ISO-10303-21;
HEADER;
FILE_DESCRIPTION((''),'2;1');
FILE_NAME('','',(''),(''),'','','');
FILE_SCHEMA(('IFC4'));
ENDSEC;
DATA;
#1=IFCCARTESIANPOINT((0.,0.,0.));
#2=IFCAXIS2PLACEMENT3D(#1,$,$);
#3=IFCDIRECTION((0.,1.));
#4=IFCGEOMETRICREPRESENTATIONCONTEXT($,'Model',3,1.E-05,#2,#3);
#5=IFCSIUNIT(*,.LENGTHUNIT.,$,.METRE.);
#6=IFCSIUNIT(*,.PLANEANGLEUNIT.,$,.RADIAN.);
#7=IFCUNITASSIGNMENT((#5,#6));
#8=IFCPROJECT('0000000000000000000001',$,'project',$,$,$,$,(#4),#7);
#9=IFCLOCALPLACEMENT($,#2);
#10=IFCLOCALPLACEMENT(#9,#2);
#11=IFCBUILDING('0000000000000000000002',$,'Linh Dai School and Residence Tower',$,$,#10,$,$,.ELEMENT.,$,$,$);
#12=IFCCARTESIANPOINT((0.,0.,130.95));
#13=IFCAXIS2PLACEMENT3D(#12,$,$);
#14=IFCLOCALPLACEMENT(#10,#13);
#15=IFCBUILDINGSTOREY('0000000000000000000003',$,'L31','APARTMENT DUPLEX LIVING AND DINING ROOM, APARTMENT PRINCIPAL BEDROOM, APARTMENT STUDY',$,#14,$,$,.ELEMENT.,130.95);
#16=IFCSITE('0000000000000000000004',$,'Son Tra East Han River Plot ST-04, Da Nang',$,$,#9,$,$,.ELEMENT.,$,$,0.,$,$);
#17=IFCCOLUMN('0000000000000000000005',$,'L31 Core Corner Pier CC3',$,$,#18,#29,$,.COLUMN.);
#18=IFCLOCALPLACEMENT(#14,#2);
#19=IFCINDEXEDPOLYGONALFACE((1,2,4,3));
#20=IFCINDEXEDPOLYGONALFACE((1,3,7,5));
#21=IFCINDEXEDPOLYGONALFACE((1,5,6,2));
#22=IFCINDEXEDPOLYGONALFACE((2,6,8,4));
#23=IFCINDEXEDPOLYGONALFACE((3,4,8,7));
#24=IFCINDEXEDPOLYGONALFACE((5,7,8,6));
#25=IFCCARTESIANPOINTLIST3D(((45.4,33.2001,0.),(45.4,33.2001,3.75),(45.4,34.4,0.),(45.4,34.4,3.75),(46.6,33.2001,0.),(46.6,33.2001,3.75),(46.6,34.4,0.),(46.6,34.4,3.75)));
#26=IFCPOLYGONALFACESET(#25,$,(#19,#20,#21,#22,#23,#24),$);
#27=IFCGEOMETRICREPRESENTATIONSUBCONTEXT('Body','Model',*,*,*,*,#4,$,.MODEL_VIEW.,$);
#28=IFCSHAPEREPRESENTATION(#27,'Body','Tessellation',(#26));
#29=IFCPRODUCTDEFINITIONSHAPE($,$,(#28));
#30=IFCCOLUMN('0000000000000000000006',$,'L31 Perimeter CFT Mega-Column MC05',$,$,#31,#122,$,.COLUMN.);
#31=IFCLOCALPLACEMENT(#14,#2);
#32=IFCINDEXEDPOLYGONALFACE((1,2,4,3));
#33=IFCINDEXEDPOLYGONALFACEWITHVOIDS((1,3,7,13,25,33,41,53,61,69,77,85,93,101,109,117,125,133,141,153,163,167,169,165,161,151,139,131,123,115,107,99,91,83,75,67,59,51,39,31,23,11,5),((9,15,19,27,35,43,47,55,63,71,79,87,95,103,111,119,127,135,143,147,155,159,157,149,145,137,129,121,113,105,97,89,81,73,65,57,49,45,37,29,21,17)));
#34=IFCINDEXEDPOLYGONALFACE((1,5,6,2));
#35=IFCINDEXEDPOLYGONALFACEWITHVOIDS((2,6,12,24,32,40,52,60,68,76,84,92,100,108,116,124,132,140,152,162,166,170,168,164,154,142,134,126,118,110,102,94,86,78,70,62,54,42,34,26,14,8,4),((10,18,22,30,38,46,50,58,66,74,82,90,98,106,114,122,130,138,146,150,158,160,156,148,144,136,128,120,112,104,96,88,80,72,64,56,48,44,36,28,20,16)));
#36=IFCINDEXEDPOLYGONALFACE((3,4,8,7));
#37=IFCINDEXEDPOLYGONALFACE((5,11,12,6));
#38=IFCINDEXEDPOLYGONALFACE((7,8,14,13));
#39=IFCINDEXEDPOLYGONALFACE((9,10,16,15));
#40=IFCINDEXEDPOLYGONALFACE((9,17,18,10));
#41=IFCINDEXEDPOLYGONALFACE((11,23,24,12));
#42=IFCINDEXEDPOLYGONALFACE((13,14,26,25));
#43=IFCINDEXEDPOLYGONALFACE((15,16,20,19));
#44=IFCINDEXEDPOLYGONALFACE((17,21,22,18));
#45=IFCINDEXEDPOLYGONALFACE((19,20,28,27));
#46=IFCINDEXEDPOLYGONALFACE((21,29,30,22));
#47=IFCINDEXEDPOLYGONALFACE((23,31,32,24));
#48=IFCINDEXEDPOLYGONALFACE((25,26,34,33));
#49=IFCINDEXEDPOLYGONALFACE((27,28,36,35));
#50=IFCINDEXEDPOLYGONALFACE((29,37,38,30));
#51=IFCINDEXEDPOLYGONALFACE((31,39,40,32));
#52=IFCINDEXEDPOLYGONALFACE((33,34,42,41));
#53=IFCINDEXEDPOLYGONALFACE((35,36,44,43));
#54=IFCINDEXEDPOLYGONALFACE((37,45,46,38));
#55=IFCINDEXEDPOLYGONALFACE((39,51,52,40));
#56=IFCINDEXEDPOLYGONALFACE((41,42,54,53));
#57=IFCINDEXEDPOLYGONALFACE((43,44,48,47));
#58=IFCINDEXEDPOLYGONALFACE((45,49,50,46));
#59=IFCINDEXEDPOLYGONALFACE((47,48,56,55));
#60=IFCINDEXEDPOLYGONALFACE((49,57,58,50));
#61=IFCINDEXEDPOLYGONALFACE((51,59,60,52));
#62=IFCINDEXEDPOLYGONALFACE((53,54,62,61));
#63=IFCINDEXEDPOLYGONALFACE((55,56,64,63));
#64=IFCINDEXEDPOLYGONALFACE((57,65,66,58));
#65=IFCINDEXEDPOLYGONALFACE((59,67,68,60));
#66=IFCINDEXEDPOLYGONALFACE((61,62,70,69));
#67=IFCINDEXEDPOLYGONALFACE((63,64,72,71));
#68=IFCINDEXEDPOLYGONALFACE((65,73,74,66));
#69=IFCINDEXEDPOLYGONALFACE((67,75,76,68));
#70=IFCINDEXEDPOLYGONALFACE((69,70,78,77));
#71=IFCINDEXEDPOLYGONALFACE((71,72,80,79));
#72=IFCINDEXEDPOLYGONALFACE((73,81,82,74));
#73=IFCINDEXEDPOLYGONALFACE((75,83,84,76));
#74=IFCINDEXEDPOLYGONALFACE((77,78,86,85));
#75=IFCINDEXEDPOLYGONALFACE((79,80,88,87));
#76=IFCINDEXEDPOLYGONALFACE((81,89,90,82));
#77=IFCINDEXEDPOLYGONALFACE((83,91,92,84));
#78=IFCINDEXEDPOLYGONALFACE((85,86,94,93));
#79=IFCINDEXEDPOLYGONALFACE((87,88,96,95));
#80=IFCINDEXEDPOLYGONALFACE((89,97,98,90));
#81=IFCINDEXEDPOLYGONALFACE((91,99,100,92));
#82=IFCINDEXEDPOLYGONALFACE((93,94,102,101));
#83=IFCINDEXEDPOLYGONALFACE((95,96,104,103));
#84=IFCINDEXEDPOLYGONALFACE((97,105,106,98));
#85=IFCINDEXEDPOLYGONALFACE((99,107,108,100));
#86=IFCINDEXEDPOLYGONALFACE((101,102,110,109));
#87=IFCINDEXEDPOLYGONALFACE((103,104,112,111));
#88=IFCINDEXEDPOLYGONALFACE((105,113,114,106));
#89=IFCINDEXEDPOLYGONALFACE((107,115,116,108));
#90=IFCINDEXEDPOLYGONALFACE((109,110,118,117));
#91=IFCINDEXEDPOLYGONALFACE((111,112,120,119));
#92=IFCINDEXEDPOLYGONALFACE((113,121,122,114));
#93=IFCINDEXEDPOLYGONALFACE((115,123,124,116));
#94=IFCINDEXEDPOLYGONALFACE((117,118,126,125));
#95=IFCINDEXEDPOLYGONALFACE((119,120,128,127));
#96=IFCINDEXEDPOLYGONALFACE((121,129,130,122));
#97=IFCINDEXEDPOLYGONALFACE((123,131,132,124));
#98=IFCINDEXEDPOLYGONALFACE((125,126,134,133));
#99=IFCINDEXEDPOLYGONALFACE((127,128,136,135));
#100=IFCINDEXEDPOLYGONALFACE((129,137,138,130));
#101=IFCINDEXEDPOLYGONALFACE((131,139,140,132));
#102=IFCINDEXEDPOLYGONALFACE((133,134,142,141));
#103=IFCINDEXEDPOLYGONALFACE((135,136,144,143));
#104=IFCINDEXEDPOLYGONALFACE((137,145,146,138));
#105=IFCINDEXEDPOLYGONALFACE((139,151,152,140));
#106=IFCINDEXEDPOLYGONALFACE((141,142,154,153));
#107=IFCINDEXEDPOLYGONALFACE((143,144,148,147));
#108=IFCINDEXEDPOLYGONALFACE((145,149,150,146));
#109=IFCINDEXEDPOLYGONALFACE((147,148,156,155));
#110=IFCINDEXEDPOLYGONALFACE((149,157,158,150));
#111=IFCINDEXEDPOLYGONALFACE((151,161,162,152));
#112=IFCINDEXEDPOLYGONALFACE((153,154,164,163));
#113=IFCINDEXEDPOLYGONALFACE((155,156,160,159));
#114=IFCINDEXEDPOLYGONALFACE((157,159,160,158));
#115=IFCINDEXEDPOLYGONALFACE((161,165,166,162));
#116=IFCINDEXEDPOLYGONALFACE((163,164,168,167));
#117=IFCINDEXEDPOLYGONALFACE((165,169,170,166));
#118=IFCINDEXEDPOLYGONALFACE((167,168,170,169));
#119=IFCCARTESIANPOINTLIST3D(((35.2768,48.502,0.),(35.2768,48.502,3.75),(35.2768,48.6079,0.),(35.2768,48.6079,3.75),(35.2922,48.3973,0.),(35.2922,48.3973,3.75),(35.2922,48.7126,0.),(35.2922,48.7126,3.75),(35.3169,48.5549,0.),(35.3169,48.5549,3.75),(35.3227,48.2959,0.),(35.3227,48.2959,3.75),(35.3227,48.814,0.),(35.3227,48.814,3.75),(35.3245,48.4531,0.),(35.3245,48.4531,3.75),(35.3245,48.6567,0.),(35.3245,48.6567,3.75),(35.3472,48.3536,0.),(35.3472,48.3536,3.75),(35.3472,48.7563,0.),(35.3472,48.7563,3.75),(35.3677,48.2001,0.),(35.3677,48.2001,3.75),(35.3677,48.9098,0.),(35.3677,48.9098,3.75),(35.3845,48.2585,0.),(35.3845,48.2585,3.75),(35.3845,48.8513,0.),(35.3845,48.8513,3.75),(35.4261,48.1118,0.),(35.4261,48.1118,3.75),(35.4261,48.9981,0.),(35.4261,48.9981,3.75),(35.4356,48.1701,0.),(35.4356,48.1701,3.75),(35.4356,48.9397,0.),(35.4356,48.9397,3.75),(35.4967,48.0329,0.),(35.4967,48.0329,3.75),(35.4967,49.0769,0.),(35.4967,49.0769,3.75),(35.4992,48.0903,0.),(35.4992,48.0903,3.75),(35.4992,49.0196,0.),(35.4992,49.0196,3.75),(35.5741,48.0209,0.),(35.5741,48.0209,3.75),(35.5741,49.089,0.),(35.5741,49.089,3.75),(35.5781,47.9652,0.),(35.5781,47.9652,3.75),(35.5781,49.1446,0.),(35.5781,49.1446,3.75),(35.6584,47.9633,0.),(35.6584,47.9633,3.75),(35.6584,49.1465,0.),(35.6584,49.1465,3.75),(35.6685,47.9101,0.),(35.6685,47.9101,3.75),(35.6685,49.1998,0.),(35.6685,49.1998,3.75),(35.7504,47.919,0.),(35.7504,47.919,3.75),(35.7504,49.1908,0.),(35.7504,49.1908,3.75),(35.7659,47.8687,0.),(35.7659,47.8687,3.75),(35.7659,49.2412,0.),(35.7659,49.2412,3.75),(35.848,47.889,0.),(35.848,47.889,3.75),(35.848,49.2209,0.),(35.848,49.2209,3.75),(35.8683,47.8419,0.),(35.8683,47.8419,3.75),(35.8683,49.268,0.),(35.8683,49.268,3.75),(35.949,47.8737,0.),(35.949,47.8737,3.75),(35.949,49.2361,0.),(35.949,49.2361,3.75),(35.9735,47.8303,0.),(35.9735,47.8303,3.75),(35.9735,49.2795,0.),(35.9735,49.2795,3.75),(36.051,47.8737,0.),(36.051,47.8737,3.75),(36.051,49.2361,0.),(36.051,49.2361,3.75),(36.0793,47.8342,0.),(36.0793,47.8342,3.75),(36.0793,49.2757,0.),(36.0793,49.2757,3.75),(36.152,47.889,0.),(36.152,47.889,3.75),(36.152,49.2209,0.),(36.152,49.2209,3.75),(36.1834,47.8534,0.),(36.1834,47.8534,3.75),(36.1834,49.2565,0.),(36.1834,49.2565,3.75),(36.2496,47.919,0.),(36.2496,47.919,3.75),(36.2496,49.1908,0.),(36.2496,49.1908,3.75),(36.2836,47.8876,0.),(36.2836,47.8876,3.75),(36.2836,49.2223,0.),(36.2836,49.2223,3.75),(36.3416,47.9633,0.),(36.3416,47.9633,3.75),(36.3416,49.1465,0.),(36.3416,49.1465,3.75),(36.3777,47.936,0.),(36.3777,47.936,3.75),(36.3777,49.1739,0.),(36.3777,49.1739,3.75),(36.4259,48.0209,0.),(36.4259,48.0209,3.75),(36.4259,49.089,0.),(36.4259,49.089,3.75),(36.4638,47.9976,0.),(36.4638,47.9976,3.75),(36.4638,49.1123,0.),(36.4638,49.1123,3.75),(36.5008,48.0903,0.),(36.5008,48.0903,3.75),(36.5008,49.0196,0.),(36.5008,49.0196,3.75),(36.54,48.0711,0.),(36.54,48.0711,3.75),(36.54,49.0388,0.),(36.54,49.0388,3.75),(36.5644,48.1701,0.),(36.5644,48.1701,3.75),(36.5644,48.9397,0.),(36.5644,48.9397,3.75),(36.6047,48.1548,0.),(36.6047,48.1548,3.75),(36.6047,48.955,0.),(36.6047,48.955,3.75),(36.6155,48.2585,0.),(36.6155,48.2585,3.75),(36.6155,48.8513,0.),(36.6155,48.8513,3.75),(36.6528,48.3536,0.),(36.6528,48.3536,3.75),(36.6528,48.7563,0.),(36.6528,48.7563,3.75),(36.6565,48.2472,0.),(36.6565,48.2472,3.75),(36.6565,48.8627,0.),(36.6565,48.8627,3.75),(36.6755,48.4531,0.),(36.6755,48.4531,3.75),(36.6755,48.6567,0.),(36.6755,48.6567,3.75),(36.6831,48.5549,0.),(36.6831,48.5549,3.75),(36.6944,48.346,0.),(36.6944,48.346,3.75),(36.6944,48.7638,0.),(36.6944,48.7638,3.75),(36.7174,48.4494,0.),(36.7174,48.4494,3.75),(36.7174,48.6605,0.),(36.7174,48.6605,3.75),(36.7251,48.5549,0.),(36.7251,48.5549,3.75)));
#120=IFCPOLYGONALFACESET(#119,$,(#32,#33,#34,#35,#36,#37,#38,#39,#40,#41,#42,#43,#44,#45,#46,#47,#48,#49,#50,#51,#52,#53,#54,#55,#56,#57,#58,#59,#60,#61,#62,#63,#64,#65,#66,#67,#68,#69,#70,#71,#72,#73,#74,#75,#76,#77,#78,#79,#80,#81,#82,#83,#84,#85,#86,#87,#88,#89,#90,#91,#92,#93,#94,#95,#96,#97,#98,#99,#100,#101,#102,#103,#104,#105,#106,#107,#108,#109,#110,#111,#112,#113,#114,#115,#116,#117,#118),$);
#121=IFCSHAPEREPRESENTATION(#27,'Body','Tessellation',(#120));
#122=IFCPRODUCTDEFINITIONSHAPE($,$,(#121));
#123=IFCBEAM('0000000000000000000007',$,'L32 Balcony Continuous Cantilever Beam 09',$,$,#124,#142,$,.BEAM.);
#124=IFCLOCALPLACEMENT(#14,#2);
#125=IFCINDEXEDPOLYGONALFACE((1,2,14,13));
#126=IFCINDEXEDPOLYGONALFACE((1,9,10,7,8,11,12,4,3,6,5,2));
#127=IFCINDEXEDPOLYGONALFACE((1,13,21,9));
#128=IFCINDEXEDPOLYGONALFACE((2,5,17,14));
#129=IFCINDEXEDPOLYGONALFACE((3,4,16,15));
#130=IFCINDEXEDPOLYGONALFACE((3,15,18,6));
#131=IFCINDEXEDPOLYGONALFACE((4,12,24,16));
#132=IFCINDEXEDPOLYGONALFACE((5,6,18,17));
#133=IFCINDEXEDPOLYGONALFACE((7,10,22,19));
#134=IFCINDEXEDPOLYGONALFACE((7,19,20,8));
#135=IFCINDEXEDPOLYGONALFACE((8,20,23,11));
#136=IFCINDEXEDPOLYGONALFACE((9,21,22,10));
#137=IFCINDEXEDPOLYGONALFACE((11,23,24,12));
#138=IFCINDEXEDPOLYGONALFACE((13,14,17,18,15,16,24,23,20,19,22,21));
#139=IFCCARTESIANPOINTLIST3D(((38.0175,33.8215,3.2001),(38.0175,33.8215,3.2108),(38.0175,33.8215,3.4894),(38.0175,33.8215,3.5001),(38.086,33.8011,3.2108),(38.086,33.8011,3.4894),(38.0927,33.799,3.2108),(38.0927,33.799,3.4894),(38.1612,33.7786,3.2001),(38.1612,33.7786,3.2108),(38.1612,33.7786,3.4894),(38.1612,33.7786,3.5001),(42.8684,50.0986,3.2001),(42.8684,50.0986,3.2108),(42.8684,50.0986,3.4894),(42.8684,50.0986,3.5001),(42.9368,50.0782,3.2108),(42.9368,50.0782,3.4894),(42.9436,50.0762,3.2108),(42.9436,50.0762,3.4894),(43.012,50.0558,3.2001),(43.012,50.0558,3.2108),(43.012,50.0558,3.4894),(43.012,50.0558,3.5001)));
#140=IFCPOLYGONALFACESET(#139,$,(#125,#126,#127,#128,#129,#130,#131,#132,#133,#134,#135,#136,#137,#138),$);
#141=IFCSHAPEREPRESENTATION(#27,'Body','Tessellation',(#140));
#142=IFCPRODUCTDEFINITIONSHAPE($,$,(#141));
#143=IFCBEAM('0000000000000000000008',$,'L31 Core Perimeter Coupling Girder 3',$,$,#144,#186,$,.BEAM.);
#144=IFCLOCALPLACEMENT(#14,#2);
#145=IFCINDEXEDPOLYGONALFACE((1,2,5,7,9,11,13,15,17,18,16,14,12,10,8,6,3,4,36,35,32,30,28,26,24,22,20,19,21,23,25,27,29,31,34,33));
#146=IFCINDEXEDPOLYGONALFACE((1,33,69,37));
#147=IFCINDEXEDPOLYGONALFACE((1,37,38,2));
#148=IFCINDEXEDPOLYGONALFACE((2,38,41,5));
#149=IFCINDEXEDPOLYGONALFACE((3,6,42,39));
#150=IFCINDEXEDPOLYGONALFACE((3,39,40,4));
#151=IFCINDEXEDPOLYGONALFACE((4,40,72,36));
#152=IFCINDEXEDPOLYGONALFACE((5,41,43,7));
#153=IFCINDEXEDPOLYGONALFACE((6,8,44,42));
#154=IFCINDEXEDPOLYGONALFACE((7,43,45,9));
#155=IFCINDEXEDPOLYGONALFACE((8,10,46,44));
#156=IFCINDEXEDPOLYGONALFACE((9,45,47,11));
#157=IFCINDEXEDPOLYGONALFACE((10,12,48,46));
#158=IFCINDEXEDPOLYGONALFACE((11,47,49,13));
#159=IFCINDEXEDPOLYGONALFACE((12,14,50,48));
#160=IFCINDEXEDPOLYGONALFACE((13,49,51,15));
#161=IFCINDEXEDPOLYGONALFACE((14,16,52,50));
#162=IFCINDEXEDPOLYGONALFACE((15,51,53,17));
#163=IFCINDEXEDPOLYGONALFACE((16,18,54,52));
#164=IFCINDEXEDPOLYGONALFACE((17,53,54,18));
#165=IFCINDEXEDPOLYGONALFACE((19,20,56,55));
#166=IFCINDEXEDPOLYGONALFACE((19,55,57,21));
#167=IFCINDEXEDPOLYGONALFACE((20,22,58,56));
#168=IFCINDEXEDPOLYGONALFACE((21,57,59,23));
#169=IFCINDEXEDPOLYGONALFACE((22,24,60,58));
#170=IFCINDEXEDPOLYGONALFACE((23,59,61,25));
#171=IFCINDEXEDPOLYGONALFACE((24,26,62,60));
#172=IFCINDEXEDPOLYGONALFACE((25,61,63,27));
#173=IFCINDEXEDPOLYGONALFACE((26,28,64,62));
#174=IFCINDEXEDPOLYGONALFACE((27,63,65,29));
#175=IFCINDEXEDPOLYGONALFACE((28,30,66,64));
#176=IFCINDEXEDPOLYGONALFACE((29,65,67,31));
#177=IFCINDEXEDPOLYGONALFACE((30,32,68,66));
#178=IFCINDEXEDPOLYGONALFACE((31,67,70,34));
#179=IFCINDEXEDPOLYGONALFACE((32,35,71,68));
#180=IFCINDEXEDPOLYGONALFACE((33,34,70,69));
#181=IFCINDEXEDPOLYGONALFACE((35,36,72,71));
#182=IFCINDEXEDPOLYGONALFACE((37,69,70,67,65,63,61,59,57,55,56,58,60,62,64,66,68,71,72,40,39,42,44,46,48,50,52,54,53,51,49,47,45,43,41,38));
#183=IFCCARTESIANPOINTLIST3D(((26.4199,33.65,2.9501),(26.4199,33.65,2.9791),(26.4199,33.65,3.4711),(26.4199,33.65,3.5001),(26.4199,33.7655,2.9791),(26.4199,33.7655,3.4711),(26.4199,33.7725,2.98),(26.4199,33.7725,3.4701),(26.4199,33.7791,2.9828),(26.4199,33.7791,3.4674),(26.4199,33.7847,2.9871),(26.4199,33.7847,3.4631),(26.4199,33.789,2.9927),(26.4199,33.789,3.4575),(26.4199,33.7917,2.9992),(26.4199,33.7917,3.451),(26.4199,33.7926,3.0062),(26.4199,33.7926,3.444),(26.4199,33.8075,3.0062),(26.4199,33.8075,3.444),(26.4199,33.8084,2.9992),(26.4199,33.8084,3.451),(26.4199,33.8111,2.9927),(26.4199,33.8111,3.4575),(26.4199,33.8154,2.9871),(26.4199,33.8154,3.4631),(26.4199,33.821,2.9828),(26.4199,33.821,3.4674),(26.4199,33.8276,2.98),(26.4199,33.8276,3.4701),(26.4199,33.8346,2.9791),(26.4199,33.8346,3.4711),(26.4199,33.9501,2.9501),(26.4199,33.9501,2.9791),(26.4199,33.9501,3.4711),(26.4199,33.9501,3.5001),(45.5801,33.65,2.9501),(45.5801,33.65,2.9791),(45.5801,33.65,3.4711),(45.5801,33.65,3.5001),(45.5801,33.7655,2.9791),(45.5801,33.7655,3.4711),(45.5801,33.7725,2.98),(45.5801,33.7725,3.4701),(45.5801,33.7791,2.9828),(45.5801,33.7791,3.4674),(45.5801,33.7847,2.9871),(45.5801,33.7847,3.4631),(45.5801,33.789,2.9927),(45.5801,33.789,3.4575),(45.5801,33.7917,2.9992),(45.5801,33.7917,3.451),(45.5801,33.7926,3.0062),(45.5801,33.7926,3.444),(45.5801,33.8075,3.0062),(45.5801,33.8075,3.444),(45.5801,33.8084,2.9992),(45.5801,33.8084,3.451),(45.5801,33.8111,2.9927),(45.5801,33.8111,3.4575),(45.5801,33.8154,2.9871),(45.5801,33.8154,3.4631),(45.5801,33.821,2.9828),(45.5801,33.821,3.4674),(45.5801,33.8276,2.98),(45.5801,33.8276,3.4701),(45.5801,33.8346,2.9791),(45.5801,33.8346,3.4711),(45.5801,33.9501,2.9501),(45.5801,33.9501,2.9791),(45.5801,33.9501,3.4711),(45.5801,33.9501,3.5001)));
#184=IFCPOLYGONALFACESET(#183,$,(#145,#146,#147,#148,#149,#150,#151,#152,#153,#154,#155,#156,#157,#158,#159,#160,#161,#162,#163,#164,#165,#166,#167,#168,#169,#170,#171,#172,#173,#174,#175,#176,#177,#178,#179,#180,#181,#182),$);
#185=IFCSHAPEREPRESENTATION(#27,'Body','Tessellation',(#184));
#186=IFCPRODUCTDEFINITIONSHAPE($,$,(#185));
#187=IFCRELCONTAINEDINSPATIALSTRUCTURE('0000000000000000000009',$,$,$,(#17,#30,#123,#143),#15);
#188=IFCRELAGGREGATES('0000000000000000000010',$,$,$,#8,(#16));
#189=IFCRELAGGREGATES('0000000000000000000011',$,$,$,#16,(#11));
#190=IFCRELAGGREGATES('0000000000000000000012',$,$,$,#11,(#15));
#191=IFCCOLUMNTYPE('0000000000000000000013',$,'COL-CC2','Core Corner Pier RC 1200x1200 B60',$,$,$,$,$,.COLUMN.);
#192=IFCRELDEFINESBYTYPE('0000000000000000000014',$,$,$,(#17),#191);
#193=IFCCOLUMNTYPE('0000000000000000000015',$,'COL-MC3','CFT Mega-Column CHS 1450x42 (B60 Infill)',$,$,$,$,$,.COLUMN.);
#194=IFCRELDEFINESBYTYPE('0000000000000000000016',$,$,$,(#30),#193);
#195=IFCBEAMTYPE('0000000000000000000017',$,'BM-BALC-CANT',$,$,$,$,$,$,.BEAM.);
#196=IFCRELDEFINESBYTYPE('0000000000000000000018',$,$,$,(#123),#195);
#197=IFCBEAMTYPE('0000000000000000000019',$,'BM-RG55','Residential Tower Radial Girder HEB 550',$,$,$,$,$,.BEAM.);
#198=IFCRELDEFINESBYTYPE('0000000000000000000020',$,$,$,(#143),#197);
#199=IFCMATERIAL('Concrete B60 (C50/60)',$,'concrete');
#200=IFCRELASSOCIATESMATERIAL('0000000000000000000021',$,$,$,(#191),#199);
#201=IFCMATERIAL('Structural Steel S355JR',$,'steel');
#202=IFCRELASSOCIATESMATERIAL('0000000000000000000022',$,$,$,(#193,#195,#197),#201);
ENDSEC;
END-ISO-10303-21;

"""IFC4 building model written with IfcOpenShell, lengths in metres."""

from ifc_helpers import new_model, si_unit, direction, frame, origin, origin_2d, place, context, subcontext, project, spatial, rectangle, hollow_circle, i_section, extrude, material, material_profile, profile_set, type_object, element, save


model = new_model("IFC4")

# Units and contexts
model_context = context("Model", 3, precision=1e-05, world=origin(), true_north=direction((0.0, 1.0)))
body_context = subcontext(model_context, "Body", "Model", "MODEL_VIEW")
ifc_project = project(units=[si_unit("LENGTHUNIT", "METRE"), si_unit("PLANEANGLEUNIT", "RADIAN")], contexts=[model_context])

# Site, building, storey
site_placement = place(None, origin())
site = spatial("IfcSite", under=ifc_project, at=site_placement, Name="Son Tra East Han River Plot ST-04, Da Nang", CompositionType="ELEMENT", RefElevation=0.0)
building_placement = place(site_placement, origin())
building = spatial("IfcBuilding", under=site, at=building_placement, Name="Linh Dai School and Residence Tower", CompositionType="ELEMENT")
storey_placement = place(building_placement, frame((0.0, 0.0, 130.95)))
storey = spatial("IfcBuildingStorey", under=building, at=storey_placement, Name="L31", Description="APARTMENT DUPLEX LIVING AND DINING ROOM, APARTMENT PRINCIPAL BEDROOM, APARTMENT STUDY", CompositionType="ELEMENT", Elevation=130.95)

# Columns
ifc_material_1 = material(Name="Concrete B60 (C50/60)", Category="concrete")
ifc_material_profile_1 = material_profile(ifc_material_1, rectangle(XDim=1.2, YDim=1.2, at=origin_2d()), Name="RC 1200x1200")
ifc_profile_set_1 = profile_set([ifc_material_profile_1], Name="Concrete B60 (C50/60)")
column_type_1 = type_object("IfcColumnType", Name="COL-CC2", Description="Core Corner Pier RC 1200x1200 B60", PredefinedType="COLUMN", material=ifc_profile_set_1)
column_1_placement = place(storey_placement, frame((46.0, 33.8, 0.0), z_axis=(0.0, 0.0, 1.0), x_axis=(1.0, 0.0, 0.0)))
element("IfcColumn", 1, at=column_1_placement, inside=storey, type_object=column_type_1, Name="L31 Core Corner Pier CC3", PredefinedType="COLUMN", context=body_context, shape_type="SweptSolid", body=[
    extrude(rectangle(XDim=1.2, YDim=1.2, at=origin_2d()), origin(), (0.0, 0.0, 1.0), 3.75),
])
ifc_material_2 = material(Name="Structural Steel S355JR", Category="steel")
ifc_material_profile_2 = material_profile(ifc_material_2, hollow_circle(Radius=0.7251, WallThickness=0.042, at=origin_2d()), Name="CHS 1450x42")
ifc_profile_set_2 = profile_set([ifc_material_profile_2], Name="Structural Steel S355JR")
column_type_2 = type_object("IfcColumnType", Name="COL-MC3", Description="CFT Mega-Column CHS 1450x42 (B60 Infill)", PredefinedType="COLUMN", material=ifc_profile_set_2)
column_2_placement = place(storey_placement, frame((36.0, 48.5549, 0.0), z_axis=(0.0, 0.0, 1.0), x_axis=(1.0, 0.0, 0.0)))
element("IfcColumn", 2, at=column_2_placement, inside=storey, type_object=column_type_2, Name="L31 Perimeter CFT Mega-Column MC05", PredefinedType="COLUMN", context=body_context, shape_type="SweptSolid", body=[
    extrude(hollow_circle(Radius=0.7251, WallThickness=0.042, at=origin_2d()), origin(), (0.0, 0.0, 1.0), 3.75),
])

# Beams
ifc_material_profile_3 = material_profile(ifc_material_2, i_section(OverallWidth=0.1499, OverallDepth=0.3, WebThickness=0.0071, FlangeThickness=0.0107, at=origin_2d()), Name="IPE 300")
ifc_profile_set_3 = profile_set([ifc_material_profile_3], Name="Structural Steel S355JR")
beam_type_1 = type_object("IfcBeamType", Name="BM-BALC-CANT", PredefinedType="BEAM", material=ifc_profile_set_3)
beam_1_placement = place(storey_placement, frame((38.0894, 33.8, 3.3501), z_axis=(0.285603, 0.958348, 0.0), x_axis=(-0.958348, 0.285603, 0.0)))
element("IfcBeam", 3, at=beam_1_placement, inside=storey, type_object=beam_type_1, Name="L32 Balcony Continuous Cantilever Beam 09", PredefinedType="BEAM", context=body_context, shape_type="SweptSolid", body=[
    extrude(i_section(OverallWidth=0.1499, OverallDepth=0.3, WebThickness=0.0071, FlangeThickness=0.0107, at=origin_2d()), origin(), (0.0, 0.0, 1.0), 16.9846),
])
ifc_material_profile_4 = material_profile(ifc_material_2, i_section(OverallWidth=0.3, OverallDepth=0.55, WebThickness=0.0149, FlangeThickness=0.0291, FilletRadius=0.0271, at=origin_2d()), Name="HEB 550")
ifc_profile_set_4 = profile_set([ifc_material_profile_4], Name="Structural Steel S355JR")
beam_type_2 = type_object("IfcBeamType", Name="BM-RG55", Description="Residential Tower Radial Girder HEB 550", PredefinedType="BEAM", material=ifc_profile_set_4)
beam_2_placement = place(storey_placement, frame((45.5801, 33.8, 3.2251), z_axis=(-1.0, 0.0, 0.0), x_axis=(0.0, -1.0, 0.0)))
element("IfcBeam", 4, at=beam_2_placement, inside=storey, type_object=beam_type_2, Name="L31 Core Perimeter Coupling Girder 3", PredefinedType="BEAM", context=body_context, shape_type="SweptSolid", body=[
    extrude(i_section(OverallWidth=0.3, OverallDepth=0.55, WebThickness=0.0149, FlangeThickness=0.0291, FilletRadius=0.0271, at=origin_2d()), origin(), (0.0, 0.0, 1.0), 19.1602),
])

save(model, "model.ifc")
